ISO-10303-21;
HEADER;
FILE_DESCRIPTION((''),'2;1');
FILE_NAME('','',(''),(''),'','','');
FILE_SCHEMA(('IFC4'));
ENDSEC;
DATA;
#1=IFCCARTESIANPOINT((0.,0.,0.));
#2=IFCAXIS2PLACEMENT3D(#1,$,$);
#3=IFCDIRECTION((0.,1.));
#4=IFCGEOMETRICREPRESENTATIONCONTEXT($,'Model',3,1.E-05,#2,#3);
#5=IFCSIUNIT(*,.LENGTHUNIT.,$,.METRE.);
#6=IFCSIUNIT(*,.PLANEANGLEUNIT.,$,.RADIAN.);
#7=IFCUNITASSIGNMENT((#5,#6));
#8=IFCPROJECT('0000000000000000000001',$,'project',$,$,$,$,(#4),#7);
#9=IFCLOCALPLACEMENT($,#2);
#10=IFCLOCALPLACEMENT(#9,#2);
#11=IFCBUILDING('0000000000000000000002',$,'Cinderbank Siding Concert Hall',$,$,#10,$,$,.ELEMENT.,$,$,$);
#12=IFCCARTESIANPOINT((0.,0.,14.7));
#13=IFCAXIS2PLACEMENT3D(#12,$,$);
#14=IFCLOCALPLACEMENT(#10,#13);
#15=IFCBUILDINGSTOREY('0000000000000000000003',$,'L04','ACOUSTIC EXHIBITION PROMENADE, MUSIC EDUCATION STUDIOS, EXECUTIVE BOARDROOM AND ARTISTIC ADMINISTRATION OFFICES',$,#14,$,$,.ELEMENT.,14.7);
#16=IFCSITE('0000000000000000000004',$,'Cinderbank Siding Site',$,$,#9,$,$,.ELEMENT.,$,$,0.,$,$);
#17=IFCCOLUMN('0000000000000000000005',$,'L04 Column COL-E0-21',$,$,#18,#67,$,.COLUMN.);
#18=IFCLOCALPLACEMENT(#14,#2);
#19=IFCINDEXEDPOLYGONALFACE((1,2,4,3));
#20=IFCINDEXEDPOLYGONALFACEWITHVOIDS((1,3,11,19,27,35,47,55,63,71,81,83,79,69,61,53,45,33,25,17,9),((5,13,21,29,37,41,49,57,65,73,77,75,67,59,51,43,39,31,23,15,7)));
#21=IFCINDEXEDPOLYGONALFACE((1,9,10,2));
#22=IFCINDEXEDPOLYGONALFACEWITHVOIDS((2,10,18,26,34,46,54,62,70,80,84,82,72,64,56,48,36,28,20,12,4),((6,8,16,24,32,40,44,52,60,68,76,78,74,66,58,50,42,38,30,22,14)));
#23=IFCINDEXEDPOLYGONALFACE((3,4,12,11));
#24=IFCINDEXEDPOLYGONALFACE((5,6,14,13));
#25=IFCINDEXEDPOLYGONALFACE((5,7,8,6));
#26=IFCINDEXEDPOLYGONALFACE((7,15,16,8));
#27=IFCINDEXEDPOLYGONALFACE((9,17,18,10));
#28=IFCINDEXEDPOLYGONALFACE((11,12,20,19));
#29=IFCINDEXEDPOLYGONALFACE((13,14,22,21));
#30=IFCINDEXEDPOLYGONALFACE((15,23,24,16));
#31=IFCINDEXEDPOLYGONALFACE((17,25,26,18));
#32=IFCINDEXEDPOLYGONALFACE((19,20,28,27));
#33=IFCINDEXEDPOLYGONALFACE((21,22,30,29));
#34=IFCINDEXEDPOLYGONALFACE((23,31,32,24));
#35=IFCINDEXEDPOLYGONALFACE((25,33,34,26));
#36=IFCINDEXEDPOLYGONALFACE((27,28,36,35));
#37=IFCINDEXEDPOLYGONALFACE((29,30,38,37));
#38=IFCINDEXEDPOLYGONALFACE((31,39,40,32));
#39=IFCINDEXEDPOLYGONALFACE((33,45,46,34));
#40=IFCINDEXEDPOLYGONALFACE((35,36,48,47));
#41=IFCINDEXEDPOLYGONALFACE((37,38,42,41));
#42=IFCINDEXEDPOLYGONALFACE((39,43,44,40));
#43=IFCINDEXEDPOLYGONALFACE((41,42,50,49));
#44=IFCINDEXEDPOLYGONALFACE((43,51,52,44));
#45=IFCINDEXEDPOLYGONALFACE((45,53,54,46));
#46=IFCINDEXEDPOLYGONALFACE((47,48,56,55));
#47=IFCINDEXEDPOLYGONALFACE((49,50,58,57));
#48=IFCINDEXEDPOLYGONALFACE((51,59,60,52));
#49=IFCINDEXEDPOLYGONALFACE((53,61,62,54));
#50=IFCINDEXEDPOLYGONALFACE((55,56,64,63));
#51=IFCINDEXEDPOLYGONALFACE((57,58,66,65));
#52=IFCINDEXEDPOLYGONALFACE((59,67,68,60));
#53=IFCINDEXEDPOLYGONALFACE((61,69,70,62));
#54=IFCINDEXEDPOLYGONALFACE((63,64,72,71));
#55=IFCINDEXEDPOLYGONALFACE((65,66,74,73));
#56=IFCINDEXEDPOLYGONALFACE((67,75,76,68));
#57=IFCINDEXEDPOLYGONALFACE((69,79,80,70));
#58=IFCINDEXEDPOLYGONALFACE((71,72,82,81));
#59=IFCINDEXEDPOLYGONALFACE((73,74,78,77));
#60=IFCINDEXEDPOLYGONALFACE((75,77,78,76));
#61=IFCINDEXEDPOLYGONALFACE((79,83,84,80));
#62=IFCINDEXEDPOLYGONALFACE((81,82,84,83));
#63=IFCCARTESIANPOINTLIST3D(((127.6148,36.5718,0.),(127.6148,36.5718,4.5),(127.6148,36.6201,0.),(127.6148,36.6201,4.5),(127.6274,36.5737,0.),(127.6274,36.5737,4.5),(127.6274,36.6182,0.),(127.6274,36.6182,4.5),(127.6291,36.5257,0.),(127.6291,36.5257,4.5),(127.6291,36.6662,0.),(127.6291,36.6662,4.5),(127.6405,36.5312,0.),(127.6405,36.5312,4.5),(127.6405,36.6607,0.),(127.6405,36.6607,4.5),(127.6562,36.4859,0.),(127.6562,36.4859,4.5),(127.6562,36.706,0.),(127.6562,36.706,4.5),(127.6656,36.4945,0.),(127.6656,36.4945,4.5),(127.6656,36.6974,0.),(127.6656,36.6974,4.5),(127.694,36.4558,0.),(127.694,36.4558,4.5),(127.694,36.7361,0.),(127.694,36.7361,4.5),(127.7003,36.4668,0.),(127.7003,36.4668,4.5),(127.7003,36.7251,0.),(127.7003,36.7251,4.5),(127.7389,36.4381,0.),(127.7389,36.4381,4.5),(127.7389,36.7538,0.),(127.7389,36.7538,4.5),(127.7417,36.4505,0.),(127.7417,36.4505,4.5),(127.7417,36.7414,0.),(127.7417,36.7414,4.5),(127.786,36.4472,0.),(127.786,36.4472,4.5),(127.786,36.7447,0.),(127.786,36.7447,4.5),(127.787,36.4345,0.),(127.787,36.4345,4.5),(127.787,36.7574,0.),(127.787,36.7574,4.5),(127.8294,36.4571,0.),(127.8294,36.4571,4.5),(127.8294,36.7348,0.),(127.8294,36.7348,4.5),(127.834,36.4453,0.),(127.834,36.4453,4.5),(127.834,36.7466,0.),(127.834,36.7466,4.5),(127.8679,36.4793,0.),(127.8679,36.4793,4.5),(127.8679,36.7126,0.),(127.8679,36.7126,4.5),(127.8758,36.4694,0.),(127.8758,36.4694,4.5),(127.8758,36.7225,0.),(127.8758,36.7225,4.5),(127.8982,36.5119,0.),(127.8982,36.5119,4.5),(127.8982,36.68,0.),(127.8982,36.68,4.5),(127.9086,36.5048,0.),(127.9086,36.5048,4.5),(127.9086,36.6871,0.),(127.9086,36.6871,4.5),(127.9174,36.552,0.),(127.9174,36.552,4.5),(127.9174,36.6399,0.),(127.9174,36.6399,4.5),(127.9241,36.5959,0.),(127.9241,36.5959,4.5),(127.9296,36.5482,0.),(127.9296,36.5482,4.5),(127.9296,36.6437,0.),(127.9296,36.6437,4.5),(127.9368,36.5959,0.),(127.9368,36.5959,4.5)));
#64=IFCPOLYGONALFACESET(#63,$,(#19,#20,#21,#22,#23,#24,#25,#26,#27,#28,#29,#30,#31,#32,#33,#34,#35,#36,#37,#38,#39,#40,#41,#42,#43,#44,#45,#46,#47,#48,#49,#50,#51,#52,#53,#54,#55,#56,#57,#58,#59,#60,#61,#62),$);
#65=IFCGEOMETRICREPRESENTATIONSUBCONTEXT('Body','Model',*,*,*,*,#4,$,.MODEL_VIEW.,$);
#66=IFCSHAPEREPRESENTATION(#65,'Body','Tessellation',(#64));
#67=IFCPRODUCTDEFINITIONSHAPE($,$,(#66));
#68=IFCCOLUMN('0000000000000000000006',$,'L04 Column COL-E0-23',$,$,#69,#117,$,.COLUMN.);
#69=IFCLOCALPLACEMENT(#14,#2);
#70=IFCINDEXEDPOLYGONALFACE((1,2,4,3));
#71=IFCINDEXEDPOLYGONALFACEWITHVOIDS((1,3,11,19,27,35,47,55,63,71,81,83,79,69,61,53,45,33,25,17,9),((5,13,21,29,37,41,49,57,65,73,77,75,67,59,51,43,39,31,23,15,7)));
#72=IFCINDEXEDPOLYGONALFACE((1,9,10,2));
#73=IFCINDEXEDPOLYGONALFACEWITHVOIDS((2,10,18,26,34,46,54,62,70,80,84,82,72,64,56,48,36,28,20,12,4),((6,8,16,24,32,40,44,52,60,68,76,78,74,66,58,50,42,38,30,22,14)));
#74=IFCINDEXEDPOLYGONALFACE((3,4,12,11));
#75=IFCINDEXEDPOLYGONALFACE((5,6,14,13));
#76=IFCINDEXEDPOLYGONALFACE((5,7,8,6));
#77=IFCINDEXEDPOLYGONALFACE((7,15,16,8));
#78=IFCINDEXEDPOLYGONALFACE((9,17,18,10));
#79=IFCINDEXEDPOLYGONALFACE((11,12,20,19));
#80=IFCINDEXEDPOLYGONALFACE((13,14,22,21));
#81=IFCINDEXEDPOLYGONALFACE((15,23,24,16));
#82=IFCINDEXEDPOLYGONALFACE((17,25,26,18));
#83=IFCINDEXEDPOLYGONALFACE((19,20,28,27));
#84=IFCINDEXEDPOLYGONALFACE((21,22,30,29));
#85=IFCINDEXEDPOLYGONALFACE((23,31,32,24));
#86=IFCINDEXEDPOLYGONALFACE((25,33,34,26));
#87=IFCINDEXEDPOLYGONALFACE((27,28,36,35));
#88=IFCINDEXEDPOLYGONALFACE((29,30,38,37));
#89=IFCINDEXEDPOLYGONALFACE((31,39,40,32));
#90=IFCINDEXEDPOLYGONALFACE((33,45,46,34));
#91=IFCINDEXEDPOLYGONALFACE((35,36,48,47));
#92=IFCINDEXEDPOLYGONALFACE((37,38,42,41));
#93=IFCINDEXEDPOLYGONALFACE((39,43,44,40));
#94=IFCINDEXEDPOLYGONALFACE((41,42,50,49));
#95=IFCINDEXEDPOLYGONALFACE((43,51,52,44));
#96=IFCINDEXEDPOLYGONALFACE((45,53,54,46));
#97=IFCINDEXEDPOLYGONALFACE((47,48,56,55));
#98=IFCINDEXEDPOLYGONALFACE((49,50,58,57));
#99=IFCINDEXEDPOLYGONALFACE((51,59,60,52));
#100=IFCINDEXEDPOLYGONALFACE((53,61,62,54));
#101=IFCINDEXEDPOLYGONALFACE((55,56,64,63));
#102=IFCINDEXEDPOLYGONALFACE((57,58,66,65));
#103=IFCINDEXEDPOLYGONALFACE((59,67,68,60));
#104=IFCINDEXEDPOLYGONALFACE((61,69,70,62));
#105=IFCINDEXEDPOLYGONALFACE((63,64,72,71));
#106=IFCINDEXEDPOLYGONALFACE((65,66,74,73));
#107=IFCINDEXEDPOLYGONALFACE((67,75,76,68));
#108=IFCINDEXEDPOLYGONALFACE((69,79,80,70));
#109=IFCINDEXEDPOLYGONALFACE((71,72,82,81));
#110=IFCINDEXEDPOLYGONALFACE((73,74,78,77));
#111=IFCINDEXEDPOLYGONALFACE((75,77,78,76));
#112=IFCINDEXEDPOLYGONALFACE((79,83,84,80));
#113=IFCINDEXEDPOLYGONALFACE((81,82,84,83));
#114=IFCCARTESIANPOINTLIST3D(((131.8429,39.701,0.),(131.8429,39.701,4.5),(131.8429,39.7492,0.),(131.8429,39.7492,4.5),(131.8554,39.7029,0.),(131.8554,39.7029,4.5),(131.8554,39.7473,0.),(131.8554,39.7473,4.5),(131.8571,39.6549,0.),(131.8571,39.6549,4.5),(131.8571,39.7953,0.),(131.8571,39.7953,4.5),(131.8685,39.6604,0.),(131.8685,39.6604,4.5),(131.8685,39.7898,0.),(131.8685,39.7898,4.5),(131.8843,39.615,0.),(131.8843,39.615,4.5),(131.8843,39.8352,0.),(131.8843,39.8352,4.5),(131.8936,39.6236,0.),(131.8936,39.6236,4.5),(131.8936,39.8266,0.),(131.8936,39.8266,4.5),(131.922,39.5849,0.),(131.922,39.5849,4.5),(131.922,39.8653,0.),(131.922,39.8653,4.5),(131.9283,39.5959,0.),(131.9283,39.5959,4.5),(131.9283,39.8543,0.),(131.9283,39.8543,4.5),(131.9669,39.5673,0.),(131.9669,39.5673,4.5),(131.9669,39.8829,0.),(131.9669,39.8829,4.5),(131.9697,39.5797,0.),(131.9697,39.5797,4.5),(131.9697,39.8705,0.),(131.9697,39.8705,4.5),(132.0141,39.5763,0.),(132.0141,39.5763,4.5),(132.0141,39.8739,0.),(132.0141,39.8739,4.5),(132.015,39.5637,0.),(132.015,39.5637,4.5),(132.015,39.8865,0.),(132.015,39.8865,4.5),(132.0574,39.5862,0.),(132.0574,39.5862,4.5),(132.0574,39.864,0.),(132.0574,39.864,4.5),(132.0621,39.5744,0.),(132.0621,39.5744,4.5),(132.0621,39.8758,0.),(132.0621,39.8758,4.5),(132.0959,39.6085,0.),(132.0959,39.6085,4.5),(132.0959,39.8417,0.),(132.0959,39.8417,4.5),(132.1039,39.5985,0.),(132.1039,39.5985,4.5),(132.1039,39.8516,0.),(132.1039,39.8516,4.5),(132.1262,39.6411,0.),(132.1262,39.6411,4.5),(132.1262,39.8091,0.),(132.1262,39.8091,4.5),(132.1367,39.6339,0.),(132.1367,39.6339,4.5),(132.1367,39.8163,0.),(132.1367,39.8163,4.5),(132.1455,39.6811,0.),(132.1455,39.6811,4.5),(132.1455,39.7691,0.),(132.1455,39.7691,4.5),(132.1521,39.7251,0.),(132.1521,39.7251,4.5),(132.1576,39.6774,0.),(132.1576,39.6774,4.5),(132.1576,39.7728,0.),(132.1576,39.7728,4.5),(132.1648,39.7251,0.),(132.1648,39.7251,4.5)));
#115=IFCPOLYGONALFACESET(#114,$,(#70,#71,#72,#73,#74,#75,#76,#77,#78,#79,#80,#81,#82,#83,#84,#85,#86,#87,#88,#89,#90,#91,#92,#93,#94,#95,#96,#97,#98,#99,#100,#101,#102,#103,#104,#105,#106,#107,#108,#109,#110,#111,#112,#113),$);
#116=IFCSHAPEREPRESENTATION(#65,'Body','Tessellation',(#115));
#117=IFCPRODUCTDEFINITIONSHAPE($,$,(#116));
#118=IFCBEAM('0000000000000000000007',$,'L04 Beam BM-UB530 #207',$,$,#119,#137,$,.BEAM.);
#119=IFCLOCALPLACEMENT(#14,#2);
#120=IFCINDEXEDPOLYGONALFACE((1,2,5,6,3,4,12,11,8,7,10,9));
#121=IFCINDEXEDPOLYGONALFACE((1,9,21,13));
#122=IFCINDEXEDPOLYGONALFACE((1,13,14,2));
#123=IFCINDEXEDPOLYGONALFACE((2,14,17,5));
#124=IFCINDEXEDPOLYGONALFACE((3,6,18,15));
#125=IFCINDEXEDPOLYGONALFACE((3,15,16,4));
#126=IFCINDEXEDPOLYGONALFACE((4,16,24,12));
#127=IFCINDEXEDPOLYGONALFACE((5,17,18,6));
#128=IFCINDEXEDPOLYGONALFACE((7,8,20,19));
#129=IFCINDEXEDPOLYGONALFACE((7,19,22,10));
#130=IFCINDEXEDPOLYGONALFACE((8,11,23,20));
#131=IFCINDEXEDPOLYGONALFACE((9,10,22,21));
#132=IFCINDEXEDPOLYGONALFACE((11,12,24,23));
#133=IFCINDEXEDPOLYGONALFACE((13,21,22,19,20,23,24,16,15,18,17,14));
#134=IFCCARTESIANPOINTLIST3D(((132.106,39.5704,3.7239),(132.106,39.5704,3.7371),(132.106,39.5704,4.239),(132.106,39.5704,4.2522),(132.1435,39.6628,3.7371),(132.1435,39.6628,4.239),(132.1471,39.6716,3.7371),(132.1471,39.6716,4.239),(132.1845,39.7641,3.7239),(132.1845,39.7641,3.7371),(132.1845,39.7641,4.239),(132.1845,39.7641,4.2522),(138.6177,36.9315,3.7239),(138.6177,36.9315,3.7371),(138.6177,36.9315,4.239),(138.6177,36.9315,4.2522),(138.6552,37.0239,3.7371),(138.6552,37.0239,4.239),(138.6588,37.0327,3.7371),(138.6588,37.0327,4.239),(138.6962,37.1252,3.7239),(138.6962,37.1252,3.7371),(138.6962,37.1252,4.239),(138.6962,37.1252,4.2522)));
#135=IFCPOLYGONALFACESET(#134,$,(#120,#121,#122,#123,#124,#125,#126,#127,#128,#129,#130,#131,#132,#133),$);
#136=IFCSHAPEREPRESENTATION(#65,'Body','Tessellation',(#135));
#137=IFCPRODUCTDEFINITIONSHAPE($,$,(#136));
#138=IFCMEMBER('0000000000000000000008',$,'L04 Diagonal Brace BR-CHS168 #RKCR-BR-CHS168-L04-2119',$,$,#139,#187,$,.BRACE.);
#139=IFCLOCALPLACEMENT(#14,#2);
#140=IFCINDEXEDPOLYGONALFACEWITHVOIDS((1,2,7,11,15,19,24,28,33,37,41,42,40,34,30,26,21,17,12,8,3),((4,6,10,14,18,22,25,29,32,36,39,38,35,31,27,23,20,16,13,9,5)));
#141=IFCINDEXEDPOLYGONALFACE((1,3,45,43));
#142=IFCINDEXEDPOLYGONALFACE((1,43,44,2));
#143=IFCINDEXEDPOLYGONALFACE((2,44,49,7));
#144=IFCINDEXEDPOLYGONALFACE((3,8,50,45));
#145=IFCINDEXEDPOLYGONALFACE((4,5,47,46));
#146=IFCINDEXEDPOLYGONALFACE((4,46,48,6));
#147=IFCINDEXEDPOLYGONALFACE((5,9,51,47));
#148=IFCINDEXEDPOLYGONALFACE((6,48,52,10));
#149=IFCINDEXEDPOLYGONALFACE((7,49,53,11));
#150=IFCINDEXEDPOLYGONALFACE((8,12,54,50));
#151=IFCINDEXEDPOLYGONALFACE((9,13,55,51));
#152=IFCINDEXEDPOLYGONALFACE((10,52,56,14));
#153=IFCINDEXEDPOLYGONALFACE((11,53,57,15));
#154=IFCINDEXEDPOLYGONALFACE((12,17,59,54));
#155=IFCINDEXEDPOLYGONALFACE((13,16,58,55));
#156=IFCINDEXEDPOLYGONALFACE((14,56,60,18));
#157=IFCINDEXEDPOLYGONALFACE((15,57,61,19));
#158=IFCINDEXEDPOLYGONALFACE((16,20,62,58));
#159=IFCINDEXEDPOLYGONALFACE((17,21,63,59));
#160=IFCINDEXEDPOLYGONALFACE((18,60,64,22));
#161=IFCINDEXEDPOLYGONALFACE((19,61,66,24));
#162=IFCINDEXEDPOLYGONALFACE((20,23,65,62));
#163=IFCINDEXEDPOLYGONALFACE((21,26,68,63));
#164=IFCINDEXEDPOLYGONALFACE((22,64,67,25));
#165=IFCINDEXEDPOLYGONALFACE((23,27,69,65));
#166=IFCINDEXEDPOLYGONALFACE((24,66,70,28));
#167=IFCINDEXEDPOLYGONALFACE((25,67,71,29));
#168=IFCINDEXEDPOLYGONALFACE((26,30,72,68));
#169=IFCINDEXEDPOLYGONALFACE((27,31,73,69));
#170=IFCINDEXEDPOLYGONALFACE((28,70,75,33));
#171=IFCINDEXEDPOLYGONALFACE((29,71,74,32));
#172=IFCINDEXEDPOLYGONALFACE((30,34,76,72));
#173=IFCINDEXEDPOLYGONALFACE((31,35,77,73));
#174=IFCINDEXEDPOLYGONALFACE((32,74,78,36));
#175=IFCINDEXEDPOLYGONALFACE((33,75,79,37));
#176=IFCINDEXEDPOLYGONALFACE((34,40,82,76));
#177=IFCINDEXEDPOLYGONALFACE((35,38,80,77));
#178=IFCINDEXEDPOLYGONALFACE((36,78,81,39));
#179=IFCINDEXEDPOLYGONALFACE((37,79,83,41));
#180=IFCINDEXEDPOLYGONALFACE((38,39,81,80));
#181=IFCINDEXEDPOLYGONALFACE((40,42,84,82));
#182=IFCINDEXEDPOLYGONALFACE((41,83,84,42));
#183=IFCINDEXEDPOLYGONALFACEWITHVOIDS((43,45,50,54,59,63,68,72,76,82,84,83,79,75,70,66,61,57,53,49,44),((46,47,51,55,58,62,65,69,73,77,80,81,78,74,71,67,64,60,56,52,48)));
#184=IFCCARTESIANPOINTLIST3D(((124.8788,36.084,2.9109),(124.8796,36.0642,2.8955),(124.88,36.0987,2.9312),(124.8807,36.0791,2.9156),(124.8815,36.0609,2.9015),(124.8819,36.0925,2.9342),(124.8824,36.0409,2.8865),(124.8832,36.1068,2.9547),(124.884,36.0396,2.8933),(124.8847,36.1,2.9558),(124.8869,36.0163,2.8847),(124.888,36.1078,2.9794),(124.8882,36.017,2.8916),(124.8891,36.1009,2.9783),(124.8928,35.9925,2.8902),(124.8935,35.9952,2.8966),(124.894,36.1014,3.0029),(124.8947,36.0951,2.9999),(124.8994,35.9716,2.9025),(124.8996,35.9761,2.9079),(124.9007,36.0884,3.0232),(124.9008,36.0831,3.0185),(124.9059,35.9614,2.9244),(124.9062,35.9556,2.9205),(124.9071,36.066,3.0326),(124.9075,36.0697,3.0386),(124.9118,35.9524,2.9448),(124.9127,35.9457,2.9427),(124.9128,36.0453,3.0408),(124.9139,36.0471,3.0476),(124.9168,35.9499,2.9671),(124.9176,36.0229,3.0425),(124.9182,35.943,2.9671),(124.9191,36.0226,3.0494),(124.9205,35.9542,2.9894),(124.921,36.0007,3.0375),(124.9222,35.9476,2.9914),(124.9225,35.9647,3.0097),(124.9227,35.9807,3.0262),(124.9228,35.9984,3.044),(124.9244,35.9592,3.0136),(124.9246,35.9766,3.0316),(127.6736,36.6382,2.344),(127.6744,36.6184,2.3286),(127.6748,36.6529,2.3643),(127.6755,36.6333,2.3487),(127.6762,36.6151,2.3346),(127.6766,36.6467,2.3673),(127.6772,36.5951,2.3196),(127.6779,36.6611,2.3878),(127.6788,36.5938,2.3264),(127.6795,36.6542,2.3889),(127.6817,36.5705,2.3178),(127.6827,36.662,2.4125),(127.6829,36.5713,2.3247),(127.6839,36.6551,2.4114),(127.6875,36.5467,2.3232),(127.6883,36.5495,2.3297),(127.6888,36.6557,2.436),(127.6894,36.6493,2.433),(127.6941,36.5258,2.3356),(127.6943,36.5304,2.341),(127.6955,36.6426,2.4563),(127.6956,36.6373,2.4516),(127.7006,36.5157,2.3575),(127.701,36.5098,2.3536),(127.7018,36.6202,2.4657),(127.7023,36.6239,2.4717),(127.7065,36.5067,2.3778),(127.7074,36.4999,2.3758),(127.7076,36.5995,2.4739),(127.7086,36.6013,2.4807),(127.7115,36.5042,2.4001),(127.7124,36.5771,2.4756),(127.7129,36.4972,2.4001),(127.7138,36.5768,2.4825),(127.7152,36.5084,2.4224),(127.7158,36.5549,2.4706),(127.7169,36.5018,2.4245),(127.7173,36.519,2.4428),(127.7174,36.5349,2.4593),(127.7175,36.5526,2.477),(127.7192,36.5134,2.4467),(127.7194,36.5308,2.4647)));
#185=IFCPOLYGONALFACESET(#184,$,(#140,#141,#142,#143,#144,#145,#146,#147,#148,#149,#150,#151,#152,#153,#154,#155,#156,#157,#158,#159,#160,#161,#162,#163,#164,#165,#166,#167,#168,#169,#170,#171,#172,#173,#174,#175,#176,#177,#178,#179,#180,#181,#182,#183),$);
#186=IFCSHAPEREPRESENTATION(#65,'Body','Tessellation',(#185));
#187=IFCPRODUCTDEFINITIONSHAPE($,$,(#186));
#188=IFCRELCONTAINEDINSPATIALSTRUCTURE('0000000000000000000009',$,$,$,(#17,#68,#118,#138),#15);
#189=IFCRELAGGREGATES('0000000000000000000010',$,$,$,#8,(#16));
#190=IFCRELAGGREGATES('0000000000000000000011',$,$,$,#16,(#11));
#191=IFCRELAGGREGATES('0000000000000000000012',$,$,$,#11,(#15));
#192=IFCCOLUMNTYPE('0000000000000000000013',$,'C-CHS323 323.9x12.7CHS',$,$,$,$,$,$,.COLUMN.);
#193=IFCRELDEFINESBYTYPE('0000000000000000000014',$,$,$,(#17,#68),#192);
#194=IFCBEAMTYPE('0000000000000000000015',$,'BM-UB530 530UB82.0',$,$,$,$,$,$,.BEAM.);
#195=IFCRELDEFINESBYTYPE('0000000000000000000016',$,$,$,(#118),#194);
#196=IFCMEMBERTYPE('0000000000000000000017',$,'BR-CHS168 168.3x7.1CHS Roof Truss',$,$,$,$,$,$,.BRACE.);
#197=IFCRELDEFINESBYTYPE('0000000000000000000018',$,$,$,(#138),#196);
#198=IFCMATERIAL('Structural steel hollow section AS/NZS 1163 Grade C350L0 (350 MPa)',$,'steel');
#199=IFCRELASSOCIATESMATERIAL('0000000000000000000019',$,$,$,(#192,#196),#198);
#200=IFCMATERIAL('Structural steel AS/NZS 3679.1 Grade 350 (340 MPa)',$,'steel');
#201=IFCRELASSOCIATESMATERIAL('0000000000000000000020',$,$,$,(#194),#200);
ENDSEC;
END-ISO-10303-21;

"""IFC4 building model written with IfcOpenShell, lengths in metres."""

from ifc_helpers import new_model, si_unit, direction, frame, origin, origin_2d, place, context, subcontext, project, spatial, hollow_circle, i_section, extrude, material, material_profile, profile_set, type_object, element, save


model = new_model("IFC4")

# Units and contexts
model_context = context("Model", 3, precision=1e-05, world=origin(), true_north=direction((0.0, 1.0)))
body_context = subcontext(model_context, "Body", "Model", "MODEL_VIEW")
ifc_project = project(units=[si_unit("LENGTHUNIT", "METRE"), si_unit("PLANEANGLEUNIT", "RADIAN")], contexts=[model_context])

# Site, building, storey
site_placement = place(None, origin())
site = spatial("IfcSite", under=ifc_project, at=site_placement, Name="Cinderbank Siding Site", CompositionType="ELEMENT", RefElevation=0.0)
building_placement = place(site_placement, origin())
building = spatial("IfcBuilding", under=site, at=building_placement, Name="Cinderbank Siding Concert Hall", CompositionType="ELEMENT")
storey_placement = place(building_placement, frame((0.0, 0.0, 14.7)))
storey = spatial("IfcBuildingStorey", under=building, at=storey_placement, Name="L04", Description="ACOUSTIC EXHIBITION PROMENADE, MUSIC EDUCATION STUDIOS, EXECUTIVE BOARDROOM AND ARTISTIC ADMINISTRATION OFFICES", CompositionType="ELEMENT", Elevation=14.7)

# Columns
ifc_material_1 = material(Name="Structural steel hollow section AS/NZS 1163 Grade C350L0 (350 MPa)", Category="steel")
ifc_material_profile_1 = material_profile(ifc_material_1, hollow_circle(Radius=0.1619, WallThickness=0.0127, at=origin_2d()), Name="323.9x12.7CHS", Category="LoadBearing")
ifc_profile_set_1 = profile_set([ifc_material_profile_1], Name="Structural steel hollow section AS/NZS 1163 Grade C350L0 (350 MPa)")
column_type = type_object("IfcColumnType", Name="C-CHS323 323.9x12.7CHS", PredefinedType="COLUMN", material=ifc_profile_set_1)
for number, where, z_axis, x_axis, name in (
    (1, (127.7749, 36.5959, 0.0), (0.0, 0.0, 1.0), (1.0, 0.0, 0.0), "L04 Column COL-E0-21"),
    (2, (132.0029, 39.7251, 0.0), (0.0, 0.0, 1.0), (1.0, 0.0, 0.0), "L04 Column COL-E0-23"),
):
    element("IfcColumn", number, at=place(storey_placement, frame(where, z_axis=z_axis, x_axis=x_axis)), inside=storey, type_object=column_type, Name=name, PredefinedType="COLUMN", context=body_context, shape_type="SweptSolid", body=[
        extrude(hollow_circle(Radius=0.1619, WallThickness=0.0127, at=origin_2d()), origin(), (0.0, 0.0, 1.0), 4.5),
    ])

# Beam
ifc_material_2 = material(Name="Structural steel AS/NZS 3679.1 Grade 350 (340 MPa)", Category="steel")
ifc_material_profile_2 = material_profile(ifc_material_2, i_section(OverallWidth=0.209, OverallDepth=0.5283, WebThickness=0.0095, FlangeThickness=0.0132, at=origin_2d()), Name="530UB82.0", Category="LoadBearing")
ifc_profile_set_2 = profile_set([ifc_material_profile_2], Name="Structural steel AS/NZS 3679.1 Grade 350 (340 MPa)")
beam_type_1 = type_object("IfcBeamType", Name="BM-UB530 530UB82.0", PredefinedType="BEAM", material=ifc_profile_set_2)
beam_1_placement = place(storey_placement, frame((132.1453, 39.6672, 3.988), z_axis=(0.926787, -0.375587, 0.0), x_axis=(0.375587, 0.926787, 0.0)))
element("IfcBeam", 3, at=beam_1_placement, inside=storey, type_object=beam_type_1, Name="L04 Beam BM-UB530 #207", PredefinedType="BEAM", context=body_context, shape_type="SweptSolid", body=[
    extrude(i_section(OverallWidth=0.209, OverallDepth=0.5283, WebThickness=0.0095, FlangeThickness=0.0132, at=origin_2d()), origin(), (0.0, 0.0, 1.0), 7.0261),
])

# Member
ifc_material_profile_3 = material_profile(ifc_material_1, hollow_circle(Radius=0.0842, WallThickness=0.0071, at=origin_2d()), Name="168.3x7.1CHS", Category="LoadBearing")
ifc_profile_set_3 = profile_set([ifc_material_profile_3], Name="Structural steel hollow section AS/NZS 1163 Grade C350L0 (350 MPa)")
member_type = type_object("IfcMemberType", Name="BR-CHS168 168.3x7.1CHS Roof Truss", PredefinedType="BRACE", material=ifc_profile_set_3)
member_1_placement = place(storey_placement, frame((127.6965, 36.5798, 2.4001), z_axis=(-0.96204, -0.190778, 0.195148), x_axis=(0.194517, -0.980899, 0.0)))
element("IfcMember", 4, at=member_1_placement, inside=storey, type_object=member_type, Name="L04 Diagonal Brace BR-CHS168 #RKCR-BR-CHS168-L04-2119", PredefinedType="BRACE", context=body_context, shape_type="SweptSolid", body=[
    extrude(hollow_circle(Radius=0.0842, WallThickness=0.0071, at=origin_2d()), origin(), (0.0, 0.0, 1.0), 2.905),
])

save(model, "model.ifc")
